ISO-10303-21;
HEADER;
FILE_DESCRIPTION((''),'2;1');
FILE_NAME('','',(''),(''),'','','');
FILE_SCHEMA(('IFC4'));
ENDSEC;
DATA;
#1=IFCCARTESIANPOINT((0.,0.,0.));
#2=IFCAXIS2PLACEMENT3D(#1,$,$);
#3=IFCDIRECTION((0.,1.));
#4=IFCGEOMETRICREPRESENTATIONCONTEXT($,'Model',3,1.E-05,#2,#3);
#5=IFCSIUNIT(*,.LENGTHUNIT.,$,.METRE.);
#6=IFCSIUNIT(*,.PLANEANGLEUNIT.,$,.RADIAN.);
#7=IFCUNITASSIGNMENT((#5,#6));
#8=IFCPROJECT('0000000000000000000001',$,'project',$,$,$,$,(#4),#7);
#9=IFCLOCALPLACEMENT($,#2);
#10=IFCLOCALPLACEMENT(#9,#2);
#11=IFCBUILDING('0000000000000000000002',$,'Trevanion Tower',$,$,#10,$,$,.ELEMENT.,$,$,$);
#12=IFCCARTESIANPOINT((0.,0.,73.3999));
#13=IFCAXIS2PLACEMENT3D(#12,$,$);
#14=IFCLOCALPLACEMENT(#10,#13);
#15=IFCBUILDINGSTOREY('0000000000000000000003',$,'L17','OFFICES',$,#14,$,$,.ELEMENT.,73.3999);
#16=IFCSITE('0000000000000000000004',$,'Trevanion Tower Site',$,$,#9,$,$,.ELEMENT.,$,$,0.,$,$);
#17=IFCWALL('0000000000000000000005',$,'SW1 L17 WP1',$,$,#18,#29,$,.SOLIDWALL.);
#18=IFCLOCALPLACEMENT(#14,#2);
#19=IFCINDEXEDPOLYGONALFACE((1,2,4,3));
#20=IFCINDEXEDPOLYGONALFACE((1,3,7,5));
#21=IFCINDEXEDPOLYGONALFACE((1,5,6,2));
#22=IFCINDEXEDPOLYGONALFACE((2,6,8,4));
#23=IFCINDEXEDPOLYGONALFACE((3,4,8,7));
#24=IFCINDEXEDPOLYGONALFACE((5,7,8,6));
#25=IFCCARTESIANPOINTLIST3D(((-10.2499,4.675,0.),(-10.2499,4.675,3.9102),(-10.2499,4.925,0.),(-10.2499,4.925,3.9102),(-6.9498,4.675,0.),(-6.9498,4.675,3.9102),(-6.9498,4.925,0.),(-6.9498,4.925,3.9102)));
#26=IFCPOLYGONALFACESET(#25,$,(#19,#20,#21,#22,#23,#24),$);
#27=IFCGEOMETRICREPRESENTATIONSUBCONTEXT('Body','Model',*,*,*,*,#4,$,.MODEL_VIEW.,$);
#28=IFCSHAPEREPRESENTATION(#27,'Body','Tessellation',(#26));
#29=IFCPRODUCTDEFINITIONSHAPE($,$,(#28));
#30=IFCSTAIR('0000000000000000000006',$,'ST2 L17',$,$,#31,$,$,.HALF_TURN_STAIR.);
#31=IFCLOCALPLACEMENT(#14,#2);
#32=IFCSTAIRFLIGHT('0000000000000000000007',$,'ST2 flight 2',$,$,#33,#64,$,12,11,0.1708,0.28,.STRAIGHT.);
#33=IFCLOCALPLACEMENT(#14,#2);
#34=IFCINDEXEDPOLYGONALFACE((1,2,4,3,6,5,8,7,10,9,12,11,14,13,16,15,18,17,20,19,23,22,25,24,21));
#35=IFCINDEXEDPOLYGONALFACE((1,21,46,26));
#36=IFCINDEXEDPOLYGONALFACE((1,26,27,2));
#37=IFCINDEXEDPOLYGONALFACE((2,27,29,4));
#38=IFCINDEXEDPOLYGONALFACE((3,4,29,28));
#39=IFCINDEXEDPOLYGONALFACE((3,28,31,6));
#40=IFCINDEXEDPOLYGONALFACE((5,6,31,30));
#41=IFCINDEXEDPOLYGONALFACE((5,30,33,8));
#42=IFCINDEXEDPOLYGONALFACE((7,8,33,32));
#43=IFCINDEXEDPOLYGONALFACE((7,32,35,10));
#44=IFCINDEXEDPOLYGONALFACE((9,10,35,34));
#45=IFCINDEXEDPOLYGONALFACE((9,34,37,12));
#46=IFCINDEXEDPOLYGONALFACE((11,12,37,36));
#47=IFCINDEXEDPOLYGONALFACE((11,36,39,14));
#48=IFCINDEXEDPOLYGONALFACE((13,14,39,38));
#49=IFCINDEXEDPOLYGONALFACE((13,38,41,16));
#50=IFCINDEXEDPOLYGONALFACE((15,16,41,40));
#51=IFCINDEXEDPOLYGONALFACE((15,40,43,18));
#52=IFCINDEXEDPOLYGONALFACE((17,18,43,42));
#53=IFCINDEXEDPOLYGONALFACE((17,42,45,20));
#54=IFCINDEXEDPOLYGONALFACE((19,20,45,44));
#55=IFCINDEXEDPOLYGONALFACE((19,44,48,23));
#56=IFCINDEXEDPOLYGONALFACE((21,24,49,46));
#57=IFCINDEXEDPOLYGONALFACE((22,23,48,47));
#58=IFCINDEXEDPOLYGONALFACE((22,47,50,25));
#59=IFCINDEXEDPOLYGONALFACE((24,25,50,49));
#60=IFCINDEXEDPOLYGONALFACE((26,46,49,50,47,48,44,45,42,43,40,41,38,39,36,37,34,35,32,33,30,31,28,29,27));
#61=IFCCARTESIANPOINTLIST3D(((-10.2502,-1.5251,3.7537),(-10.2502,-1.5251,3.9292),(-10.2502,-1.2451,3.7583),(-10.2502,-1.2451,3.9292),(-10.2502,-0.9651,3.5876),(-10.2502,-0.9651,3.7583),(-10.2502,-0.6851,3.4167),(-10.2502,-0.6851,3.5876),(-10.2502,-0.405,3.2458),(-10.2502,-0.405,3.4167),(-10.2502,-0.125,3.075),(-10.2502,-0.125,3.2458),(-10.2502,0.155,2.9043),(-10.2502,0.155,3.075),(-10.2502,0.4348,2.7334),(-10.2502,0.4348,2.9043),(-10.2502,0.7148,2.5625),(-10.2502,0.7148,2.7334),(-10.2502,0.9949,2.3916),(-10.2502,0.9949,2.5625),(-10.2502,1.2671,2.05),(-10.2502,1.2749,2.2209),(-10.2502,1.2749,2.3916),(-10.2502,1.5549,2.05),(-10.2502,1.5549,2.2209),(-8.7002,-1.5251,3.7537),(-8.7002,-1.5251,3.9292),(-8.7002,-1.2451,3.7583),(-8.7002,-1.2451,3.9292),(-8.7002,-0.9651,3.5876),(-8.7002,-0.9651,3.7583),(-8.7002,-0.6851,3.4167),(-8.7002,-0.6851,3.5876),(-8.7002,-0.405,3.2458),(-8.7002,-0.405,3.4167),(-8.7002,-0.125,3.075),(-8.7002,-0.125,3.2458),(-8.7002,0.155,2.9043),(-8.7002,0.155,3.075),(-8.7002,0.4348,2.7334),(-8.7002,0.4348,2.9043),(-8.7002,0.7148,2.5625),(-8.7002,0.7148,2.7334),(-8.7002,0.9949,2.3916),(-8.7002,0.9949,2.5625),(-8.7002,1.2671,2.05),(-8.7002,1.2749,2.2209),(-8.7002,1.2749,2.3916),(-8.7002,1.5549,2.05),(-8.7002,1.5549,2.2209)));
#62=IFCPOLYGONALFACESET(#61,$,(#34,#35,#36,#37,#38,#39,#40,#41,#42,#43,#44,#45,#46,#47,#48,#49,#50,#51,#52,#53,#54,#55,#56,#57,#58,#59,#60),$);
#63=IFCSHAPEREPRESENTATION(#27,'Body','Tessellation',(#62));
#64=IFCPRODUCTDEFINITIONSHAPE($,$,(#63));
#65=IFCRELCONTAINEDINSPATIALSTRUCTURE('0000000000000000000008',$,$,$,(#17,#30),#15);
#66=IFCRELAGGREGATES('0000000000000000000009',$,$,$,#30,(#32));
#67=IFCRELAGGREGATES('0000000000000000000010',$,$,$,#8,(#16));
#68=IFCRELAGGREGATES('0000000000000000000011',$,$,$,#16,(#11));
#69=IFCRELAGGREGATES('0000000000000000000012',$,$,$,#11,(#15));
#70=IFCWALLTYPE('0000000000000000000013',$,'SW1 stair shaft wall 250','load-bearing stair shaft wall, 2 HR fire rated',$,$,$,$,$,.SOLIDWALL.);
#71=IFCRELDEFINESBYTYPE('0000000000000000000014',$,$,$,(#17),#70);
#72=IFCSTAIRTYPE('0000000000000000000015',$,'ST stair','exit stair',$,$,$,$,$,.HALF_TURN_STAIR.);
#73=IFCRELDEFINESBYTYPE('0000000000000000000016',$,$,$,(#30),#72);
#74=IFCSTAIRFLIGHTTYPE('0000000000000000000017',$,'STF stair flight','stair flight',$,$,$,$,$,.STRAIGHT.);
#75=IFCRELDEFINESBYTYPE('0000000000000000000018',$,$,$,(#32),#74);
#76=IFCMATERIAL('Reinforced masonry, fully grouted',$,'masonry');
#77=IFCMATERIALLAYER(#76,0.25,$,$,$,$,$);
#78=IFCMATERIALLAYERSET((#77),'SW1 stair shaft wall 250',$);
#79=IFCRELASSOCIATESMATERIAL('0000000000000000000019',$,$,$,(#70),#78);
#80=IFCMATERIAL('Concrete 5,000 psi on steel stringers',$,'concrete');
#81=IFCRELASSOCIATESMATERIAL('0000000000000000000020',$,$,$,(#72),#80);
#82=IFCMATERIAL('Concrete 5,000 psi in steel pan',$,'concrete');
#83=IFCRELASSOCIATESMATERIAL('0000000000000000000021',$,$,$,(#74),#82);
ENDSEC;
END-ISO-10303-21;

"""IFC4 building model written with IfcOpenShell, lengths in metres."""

from ifc_helpers import new_model, si_unit, direction, frame, frame_2d, origin, place, context, subcontext, project, spatial, polyline, rectangle, outline, extrude, material, layer, layer_set, type_object, element, aggregate, save


model = new_model("IFC4")

# Units and contexts
model_context = context("Model", 3, precision=1e-05, world=origin(), true_north=direction((0.0, 1.0)))
body_context = subcontext(model_context, "Body", "Model", "MODEL_VIEW")
ifc_project = project(units=[si_unit("LENGTHUNIT", "METRE"), si_unit("PLANEANGLEUNIT", "RADIAN")], contexts=[model_context])

# Site, building, storey
site_placement = place(None, origin())
site = spatial("IfcSite", under=ifc_project, at=site_placement, Name="Trevanion Tower Site", CompositionType="ELEMENT", RefElevation=0.0)
building_placement = place(site_placement, origin())
building = spatial("IfcBuilding", under=site, at=building_placement, Name="Trevanion Tower", CompositionType="ELEMENT")
storey_placement = place(building_placement, frame((0.0, 0.0, 73.3999)))
storey = spatial("IfcBuildingStorey", under=building, at=storey_placement, Name="L17", Description="OFFICES", CompositionType="ELEMENT", Elevation=73.3999)

# Wall
ifc_material_1 = material(Name="Reinforced masonry, fully grouted", Category="masonry")
ifc_layer_1 = layer(ifc_material_1, 0.25)
ifc_layer_set_1 = layer_set([ifc_layer_1], Name="SW1 stair shaft wall 250")
wall_type_1 = type_object("IfcWallType", Name="SW1 stair shaft wall 250", Description="load-bearing stair shaft wall, 2 HR fire rated", PredefinedType="SOLIDWALL", material=ifc_layer_set_1)
wall_1_placement = place(storey_placement, frame((-6.95, 4.8, 0.0), z_axis=(0.0, 0.0, 1.0), x_axis=(-1.0, 0.0, 0.0)))
element("IfcWall", 1, at=wall_1_placement, inside=storey, type_object=wall_type_1, Name="SW1 L17 WP1", PredefinedType="SOLIDWALL", context=body_context, shape_type="SweptSolid", body=[
    extrude(rectangle(XDim=3.3, YDim=0.25, at=frame_2d((1.6499, 0.0))), origin(), (0.0, 0.0, 1.0), 3.9102),
])

# Stair, stair flight
ifc_material_2 = material(Name="Concrete 5,000 psi on steel stringers", Category="concrete")
stair_type = type_object("IfcStairType", Name="ST stair", Description="exit stair", PredefinedType="HALF_TURN_STAIR", material=ifc_material_2)
stair_placement = place(storey_placement, origin())
stair = element("IfcStair", 2, at=stair_placement, inside=storey, type_object=stair_type, Name="ST2 L17", PredefinedType="HALF_TURN_STAIR")
ifc_material_3 = material(Name="Concrete 5,000 psi in steel pan", Category="concrete")
stair_flight_type = type_object("IfcStairFlightType", Name="STF stair flight", Description="stair flight", PredefinedType="STRAIGHT", material=ifc_material_3)
stair_flight_placement = place(storey_placement, frame((-9.4751, 1.5549, 2.05), z_axis=(0.0, 0.0, 1.0), x_axis=(0.0, -1.0, 0.0)))
stair_flight = element("IfcStairFlight", 3, at=stair_flight_placement, type_object=stair_flight_type, Name="ST2 flight 2", NumberOfRisers=12, NumberOfTreads=11, PredefinedType="STRAIGHT", RiserHeight=0.1708, TreadLength=0.28, context=body_context, shape_type="SweptSolid", body=[
    extrude(outline(polyline([(0.0, 0.0), (0.0, 0.1709), (0.28, 0.1709), (0.28, 0.3416), (0.5601, 0.3416), (0.5601, 0.5125), (0.8401, 0.5125), (0.8401, 0.6833), (1.1201, 0.6833), (1.1201, 0.8542), (1.3999, 0.8542), (1.3999, 1.0249), (1.6799, 1.0249), (1.6799, 1.1958), (1.96, 1.1958), (1.96, 1.3667), (2.24, 1.3667), (2.24, 1.5376), (2.52, 1.5376), (2.52, 1.7083), (2.8, 1.7083), (2.8, 1.8792), (3.0801, 1.8792), (3.0801, 2.05), (3.0801, 1.7036), (0.2878, 0.0), (0.0, 0.0)])), frame((0.0, 0.7749, 0.0), z_axis=(0.0, -1.0, 0.0), x_axis=(1.0, 0.0, 0.0)), (0.0, 0.0, 1.0), 1.55),
])
aggregate(stair, [stair_flight])

save(model, "model.ifc")
